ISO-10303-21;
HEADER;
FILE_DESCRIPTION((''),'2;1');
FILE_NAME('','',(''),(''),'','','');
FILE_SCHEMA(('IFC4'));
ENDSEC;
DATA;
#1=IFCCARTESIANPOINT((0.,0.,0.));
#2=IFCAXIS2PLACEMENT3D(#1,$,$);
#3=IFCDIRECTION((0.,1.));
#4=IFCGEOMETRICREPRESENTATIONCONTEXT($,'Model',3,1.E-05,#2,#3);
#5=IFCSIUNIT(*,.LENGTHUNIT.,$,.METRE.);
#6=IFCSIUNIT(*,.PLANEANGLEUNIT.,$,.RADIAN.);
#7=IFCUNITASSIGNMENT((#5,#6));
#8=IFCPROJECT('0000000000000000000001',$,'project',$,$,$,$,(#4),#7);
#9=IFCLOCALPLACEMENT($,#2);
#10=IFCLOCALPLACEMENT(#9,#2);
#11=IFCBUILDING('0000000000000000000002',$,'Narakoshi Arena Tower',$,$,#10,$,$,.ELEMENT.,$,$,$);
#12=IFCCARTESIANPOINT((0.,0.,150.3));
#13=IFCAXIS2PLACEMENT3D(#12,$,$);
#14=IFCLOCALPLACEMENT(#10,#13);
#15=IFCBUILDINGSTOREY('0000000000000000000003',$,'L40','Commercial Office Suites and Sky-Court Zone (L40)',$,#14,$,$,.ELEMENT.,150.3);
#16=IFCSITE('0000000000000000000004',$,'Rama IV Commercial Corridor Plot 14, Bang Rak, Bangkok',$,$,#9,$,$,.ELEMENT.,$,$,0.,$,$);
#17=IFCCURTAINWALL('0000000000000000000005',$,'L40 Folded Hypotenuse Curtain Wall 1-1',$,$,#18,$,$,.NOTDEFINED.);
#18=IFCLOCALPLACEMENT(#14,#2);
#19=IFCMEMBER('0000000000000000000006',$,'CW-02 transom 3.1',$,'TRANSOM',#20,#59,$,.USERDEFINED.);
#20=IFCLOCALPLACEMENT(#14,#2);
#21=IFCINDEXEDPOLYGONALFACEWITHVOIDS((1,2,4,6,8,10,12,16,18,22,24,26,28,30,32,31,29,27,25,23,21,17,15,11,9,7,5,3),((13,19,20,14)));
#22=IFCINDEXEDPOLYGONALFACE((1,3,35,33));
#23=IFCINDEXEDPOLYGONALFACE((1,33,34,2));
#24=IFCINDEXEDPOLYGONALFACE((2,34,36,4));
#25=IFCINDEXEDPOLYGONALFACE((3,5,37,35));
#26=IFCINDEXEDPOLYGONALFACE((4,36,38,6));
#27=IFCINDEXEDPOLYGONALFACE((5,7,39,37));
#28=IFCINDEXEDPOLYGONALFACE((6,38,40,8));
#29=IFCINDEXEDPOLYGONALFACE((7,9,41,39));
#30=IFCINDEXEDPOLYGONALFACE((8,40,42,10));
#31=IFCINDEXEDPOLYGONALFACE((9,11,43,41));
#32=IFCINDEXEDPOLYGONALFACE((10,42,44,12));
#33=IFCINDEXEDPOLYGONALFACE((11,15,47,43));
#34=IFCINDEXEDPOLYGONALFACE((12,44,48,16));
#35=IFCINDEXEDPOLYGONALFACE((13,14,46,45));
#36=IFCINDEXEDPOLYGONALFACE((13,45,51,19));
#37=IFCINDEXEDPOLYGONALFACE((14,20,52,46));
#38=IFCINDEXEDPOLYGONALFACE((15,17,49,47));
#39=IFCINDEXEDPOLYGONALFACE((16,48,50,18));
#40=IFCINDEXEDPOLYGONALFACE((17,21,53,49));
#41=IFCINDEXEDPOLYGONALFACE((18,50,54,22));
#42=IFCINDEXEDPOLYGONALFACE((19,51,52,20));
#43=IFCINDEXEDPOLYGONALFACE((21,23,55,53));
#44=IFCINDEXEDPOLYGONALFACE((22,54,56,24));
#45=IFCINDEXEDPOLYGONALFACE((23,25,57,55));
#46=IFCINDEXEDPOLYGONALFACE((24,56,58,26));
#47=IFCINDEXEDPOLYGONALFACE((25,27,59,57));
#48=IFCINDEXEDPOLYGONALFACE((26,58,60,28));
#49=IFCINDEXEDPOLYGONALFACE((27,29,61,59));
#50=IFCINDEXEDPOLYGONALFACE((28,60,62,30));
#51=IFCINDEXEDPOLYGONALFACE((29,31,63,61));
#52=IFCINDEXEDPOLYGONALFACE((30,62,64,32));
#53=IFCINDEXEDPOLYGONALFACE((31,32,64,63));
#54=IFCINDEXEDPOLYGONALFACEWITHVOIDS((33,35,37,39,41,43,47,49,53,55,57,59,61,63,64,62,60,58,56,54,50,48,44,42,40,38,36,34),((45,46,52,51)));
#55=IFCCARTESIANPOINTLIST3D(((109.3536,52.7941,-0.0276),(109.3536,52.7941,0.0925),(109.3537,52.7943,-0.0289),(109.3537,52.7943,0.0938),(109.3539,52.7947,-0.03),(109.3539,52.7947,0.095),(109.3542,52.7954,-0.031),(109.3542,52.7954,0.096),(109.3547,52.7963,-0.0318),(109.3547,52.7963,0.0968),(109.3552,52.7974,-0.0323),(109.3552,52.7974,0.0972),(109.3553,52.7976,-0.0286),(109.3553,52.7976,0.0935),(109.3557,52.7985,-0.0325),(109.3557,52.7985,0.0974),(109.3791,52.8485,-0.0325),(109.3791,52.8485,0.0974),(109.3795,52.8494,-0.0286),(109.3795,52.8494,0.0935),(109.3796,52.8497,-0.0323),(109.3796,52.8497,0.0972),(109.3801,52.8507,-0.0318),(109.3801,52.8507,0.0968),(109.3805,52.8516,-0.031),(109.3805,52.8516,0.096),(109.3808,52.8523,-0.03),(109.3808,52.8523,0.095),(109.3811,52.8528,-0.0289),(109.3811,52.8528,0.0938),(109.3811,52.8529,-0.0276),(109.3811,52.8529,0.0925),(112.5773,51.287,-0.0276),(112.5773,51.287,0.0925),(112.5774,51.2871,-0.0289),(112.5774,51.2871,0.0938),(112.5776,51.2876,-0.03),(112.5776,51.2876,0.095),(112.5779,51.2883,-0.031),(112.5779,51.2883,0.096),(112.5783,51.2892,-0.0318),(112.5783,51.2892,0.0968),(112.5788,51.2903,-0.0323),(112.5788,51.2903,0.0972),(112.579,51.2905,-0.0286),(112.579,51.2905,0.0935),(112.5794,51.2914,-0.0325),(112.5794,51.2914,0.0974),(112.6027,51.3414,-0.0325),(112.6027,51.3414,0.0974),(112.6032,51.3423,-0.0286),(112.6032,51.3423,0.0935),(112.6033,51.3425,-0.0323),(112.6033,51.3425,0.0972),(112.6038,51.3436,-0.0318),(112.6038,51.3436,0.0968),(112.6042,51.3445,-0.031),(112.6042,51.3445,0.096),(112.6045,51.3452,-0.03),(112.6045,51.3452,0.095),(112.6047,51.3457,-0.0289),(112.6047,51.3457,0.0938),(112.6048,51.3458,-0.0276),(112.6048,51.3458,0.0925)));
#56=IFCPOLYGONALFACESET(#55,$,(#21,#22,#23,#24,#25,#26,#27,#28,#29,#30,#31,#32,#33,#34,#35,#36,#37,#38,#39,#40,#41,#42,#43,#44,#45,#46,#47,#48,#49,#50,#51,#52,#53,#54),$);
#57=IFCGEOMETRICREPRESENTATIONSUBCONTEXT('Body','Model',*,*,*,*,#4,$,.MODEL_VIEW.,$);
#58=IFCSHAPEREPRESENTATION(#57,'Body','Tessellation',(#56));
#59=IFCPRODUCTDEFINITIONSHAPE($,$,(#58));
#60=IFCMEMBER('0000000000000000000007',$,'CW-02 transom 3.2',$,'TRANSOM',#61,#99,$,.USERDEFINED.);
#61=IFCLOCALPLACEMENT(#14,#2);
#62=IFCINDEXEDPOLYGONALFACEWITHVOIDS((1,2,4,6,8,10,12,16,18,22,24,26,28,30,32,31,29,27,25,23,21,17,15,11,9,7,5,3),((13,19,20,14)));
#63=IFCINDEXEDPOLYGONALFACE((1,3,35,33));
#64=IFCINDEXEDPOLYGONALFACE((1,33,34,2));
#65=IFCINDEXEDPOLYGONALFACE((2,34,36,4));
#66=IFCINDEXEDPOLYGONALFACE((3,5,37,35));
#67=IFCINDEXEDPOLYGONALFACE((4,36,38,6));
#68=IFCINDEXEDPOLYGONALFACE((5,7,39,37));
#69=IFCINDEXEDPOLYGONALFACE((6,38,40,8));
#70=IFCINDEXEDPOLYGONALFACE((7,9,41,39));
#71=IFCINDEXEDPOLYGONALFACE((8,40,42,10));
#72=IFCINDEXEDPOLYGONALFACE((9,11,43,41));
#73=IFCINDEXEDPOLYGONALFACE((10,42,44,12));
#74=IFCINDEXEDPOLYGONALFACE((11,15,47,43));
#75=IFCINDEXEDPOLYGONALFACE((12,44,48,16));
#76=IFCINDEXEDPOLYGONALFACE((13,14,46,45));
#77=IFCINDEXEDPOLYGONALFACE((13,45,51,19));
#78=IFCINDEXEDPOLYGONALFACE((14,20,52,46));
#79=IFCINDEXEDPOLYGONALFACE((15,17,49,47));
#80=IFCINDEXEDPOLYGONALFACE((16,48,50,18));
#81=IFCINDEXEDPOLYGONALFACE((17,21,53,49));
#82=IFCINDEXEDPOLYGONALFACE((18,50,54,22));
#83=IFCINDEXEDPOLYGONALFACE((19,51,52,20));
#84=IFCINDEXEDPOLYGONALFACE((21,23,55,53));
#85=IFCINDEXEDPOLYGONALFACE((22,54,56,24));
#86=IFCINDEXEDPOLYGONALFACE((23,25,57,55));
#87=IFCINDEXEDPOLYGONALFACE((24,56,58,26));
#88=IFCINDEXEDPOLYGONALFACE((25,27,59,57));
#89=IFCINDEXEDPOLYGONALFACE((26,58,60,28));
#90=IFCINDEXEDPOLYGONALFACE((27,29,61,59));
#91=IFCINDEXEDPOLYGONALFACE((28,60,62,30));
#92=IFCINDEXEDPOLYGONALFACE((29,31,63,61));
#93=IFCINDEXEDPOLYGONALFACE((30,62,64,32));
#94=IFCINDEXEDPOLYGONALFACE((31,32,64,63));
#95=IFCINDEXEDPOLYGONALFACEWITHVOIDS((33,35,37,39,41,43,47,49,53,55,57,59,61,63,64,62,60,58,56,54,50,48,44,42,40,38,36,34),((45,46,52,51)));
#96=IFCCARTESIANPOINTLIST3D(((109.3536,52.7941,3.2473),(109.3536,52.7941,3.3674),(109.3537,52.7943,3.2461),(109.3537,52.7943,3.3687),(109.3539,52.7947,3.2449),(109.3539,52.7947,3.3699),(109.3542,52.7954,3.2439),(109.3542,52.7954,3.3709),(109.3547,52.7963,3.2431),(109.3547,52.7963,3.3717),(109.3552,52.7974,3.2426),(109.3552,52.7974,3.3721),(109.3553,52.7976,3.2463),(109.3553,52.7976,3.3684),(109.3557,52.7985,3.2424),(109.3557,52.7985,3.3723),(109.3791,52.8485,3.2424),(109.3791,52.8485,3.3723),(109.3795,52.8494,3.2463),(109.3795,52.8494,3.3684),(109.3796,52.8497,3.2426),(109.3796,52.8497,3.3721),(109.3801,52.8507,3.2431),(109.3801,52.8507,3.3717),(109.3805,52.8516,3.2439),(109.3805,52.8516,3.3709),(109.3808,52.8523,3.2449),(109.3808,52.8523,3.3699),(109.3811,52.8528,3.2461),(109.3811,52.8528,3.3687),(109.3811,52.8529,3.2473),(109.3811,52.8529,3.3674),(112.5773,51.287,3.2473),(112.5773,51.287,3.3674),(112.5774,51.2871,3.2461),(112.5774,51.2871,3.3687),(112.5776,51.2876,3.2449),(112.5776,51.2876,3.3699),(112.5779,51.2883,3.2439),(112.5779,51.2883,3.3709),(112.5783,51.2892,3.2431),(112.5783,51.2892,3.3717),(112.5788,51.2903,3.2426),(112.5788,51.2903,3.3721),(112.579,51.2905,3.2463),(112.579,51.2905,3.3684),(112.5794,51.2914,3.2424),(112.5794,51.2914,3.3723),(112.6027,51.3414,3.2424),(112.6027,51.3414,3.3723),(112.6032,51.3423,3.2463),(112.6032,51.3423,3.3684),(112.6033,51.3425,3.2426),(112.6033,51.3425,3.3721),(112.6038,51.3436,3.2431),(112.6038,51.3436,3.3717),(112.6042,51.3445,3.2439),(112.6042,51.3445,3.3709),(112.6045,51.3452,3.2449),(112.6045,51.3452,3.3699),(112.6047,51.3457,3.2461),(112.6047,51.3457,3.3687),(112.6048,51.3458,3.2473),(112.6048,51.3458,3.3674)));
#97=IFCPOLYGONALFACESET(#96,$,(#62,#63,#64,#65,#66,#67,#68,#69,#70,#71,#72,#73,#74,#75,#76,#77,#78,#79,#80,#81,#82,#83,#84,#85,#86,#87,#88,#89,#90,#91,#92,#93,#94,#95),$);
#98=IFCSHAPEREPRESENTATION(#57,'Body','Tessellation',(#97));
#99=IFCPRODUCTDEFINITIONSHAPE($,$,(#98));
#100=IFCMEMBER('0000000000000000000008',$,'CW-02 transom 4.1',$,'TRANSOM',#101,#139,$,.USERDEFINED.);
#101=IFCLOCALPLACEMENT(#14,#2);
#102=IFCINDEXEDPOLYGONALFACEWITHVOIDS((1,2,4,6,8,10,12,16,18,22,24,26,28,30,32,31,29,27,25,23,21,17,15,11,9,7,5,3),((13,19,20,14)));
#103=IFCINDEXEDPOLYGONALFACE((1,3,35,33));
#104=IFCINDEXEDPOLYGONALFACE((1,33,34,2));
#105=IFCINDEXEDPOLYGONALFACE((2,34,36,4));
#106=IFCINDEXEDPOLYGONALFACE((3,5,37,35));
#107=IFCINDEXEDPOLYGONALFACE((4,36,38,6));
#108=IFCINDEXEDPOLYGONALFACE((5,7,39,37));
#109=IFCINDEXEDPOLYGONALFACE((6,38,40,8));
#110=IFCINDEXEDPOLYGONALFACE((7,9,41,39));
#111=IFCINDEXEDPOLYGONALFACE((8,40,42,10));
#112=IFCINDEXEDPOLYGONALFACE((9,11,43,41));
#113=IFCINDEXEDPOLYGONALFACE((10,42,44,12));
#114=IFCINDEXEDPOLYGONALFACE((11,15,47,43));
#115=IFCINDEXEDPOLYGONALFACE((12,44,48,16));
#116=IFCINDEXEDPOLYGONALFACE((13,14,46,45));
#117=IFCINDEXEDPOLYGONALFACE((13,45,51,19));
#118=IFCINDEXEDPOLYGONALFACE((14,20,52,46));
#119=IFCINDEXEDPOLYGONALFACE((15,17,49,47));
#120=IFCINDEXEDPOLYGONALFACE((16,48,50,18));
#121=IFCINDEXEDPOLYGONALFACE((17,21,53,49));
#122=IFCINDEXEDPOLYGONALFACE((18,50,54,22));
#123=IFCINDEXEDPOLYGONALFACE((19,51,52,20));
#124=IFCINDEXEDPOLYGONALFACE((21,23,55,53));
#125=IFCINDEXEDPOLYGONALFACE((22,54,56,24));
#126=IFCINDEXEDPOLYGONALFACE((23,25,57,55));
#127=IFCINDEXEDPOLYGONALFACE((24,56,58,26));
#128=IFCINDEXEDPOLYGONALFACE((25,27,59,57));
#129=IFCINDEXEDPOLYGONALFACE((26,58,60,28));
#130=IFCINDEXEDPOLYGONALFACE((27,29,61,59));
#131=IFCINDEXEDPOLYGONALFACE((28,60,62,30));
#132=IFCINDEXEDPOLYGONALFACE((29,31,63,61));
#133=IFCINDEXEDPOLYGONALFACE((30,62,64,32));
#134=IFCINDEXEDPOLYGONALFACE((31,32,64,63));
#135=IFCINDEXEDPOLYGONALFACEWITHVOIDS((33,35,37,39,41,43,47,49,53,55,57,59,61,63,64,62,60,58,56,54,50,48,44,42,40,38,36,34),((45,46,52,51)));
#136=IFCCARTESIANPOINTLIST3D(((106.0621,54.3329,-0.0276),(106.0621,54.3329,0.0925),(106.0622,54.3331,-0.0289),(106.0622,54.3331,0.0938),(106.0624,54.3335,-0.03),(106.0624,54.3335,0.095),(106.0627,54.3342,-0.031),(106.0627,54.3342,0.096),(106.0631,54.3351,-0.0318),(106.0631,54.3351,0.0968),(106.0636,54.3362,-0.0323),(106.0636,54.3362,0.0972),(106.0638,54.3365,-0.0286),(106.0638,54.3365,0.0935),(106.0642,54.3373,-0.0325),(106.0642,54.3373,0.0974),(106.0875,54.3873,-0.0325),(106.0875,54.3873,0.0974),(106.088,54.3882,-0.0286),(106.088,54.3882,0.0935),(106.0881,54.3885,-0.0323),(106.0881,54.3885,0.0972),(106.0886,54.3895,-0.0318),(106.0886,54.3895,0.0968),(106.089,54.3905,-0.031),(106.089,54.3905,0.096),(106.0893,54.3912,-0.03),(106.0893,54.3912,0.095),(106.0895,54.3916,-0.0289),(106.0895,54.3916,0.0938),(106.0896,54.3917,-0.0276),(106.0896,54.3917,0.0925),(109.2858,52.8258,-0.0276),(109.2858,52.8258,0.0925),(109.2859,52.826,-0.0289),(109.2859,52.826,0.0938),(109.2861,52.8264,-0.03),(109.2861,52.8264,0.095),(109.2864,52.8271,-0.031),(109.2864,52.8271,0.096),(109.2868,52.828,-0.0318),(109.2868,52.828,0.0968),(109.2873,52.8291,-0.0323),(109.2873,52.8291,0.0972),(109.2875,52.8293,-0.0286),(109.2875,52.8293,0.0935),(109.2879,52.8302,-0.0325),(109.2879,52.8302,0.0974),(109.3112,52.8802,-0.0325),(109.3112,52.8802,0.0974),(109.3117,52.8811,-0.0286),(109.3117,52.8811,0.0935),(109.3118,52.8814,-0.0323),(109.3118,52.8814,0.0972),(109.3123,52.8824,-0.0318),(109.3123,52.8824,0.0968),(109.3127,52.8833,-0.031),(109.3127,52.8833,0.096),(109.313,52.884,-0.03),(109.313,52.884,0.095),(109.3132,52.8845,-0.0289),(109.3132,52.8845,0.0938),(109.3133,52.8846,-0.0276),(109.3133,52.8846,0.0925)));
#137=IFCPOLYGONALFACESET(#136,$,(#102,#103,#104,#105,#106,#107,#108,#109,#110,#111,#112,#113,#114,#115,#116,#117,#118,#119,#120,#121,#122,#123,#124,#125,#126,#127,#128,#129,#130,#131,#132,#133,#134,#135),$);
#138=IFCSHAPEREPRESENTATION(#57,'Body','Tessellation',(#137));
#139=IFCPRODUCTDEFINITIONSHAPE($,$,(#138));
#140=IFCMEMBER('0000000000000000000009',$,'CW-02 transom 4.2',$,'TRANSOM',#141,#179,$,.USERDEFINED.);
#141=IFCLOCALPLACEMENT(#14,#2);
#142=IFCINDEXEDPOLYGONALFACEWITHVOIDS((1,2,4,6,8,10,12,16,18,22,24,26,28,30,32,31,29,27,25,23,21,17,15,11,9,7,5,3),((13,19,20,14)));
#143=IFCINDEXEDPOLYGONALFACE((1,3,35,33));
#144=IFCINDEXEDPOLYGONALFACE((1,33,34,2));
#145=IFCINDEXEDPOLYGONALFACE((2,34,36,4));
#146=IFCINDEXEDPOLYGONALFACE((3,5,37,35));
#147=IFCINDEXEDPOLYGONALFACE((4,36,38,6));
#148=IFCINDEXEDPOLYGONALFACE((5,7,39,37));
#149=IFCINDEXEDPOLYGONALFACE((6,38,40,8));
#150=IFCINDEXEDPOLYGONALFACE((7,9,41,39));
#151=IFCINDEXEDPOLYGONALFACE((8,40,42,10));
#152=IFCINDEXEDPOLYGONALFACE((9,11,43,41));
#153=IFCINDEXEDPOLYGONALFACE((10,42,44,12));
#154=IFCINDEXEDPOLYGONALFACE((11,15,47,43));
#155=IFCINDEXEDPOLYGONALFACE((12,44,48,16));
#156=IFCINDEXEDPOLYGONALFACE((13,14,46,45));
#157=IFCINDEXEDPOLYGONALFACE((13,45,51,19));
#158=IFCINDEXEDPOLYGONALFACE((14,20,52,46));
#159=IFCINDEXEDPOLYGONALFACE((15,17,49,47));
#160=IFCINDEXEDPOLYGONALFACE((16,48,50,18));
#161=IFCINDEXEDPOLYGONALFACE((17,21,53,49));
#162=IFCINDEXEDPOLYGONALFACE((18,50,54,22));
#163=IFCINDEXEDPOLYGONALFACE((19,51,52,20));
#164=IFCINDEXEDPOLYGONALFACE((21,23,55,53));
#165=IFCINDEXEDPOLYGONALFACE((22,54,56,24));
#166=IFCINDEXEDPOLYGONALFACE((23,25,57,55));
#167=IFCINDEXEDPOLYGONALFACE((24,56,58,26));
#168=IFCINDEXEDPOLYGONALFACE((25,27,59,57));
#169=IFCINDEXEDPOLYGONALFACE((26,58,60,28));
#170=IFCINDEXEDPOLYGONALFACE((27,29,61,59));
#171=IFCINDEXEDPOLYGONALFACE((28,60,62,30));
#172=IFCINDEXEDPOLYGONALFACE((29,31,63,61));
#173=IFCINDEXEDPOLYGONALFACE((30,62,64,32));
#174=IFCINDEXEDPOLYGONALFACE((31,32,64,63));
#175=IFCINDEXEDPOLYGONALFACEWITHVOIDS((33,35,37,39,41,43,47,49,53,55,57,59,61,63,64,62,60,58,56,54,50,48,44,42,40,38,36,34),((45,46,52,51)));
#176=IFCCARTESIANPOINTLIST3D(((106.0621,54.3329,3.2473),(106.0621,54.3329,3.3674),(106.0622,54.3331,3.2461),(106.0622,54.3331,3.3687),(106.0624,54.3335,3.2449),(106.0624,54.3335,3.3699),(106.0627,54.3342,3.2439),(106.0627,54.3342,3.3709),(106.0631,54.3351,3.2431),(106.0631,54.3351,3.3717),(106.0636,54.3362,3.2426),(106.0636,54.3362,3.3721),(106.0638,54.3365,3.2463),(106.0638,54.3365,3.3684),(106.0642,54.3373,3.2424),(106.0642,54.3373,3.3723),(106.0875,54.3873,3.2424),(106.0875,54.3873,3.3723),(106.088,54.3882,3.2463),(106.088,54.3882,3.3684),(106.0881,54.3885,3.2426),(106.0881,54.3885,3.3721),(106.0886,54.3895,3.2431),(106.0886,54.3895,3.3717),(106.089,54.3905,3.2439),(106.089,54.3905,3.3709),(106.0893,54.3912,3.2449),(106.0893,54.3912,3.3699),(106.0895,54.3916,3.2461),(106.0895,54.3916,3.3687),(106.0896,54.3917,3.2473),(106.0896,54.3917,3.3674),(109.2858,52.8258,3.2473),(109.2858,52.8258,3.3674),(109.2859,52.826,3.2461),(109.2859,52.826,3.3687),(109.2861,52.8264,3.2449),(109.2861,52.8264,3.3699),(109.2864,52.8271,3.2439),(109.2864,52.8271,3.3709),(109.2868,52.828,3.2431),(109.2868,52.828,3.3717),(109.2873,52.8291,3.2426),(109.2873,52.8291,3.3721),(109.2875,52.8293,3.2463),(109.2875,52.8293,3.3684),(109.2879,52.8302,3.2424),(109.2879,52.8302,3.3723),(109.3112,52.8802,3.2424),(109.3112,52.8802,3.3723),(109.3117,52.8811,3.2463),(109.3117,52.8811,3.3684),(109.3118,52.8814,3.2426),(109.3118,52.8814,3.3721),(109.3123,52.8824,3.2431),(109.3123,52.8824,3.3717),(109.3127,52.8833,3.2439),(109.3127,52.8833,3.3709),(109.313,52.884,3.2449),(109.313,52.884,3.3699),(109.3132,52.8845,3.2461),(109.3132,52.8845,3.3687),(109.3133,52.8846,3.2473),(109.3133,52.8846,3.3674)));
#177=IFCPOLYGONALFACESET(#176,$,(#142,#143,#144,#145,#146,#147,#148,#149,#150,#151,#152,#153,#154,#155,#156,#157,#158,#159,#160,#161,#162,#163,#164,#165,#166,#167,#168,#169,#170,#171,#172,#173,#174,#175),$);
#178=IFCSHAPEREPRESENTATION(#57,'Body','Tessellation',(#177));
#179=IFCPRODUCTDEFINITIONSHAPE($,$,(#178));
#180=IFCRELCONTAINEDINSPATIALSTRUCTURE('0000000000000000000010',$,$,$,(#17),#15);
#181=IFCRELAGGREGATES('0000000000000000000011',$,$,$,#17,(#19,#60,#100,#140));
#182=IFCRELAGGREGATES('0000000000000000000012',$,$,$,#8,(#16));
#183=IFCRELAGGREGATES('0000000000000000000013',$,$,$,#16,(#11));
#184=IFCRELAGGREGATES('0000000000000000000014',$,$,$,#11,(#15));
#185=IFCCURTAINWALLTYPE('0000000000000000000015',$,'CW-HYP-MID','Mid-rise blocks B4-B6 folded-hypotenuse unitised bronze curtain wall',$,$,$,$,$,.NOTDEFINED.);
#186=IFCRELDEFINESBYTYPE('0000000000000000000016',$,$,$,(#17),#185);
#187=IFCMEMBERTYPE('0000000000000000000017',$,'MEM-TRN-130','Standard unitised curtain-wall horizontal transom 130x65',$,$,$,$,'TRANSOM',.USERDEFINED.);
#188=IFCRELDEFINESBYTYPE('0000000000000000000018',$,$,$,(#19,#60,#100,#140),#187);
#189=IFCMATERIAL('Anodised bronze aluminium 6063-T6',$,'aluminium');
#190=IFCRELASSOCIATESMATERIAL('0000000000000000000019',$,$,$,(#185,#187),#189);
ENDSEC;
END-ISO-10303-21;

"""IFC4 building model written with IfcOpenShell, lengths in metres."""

from ifc_helpers import new_model, si_unit, direction, frame, origin, origin_2d, place, context, subcontext, project, spatial, hollow_rectangle, extrude, material, material_profile, profile_set, type_object, element, aggregate, save


model = new_model("IFC4")

# Units and contexts
model_context = context("Model", 3, precision=1e-05, world=origin(), true_north=direction((0.0, 1.0)))
body_context = subcontext(model_context, "Body", "Model", "MODEL_VIEW")
ifc_project = project(units=[si_unit("LENGTHUNIT", "METRE"), si_unit("PLANEANGLEUNIT", "RADIAN")], contexts=[model_context])

# Site, building, storey
site_placement = place(None, origin())
site = spatial("IfcSite", under=ifc_project, at=site_placement, Name="Rama IV Commercial Corridor Plot 14, Bang Rak, Bangkok", CompositionType="ELEMENT", RefElevation=0.0)
building_placement = place(site_placement, origin())
building = spatial("IfcBuilding", under=site, at=building_placement, Name="Narakoshi Arena Tower", CompositionType="ELEMENT")
storey_placement = place(building_placement, frame((0.0, 0.0, 150.3)))
storey = spatial("IfcBuildingStorey", under=building, at=storey_placement, Name="L40", Description="Commercial Office Suites and Sky-Court Zone (L40)", CompositionType="ELEMENT", Elevation=150.3)

# Curtain wall, members
ifc_material_1 = material(Name="Anodised bronze aluminium 6063-T6", Category="aluminium")
curtain_wall_type = type_object("IfcCurtainWallType", Name="CW-HYP-MID", Description="Mid-rise blocks B4-B6 folded-hypotenuse unitised bronze curtain wall", PredefinedType="NOTDEFINED", material=ifc_material_1)
curtain_wall_placement = place(storey_placement, origin())
curtain_wall = element("IfcCurtainWall", 1, at=curtain_wall_placement, inside=storey, type_object=curtain_wall_type, Name="L40 Folded Hypotenuse Curtain Wall 1-1", PredefinedType="NOTDEFINED")
ifc_material_profile_1 = material_profile(ifc_material_1, hollow_rectangle(XDim=0.0649, YDim=0.1299, WallThickness=0.0039, OuterFilletRadius=0.0049, at=origin_2d()), Name="TRN130x65x4")
ifc_profile_set_1 = profile_set([ifc_material_profile_1], Name="Anodised bronze aluminium 6063-T6")
member_type_1 = type_object("IfcMemberType", Name="MEM-TRN-130", Description="Standard unitised curtain-wall horizontal transom 130x65", ElementType="TRANSOM", PredefinedType="USERDEFINED", material=ifc_profile_set_1)
member_1_placement = place(storey_placement, frame((112.5911, 51.3164, 0.0325), z_axis=(-0.90589, 0.423513, 0.0), x_axis=(-0.423513, -0.90589, 0.0)))
member_1 = element("IfcMember", 2, at=member_1_placement, type_object=member_type_1, Name="CW-02 transom 3.1", ObjectType="TRANSOM", PredefinedType="USERDEFINED", context=body_context, shape_type="SweptSolid", body=[
    extrude(hollow_rectangle(XDim=0.0649, YDim=0.1299, WallThickness=0.0039, OuterFilletRadius=0.0049, at=origin_2d()), origin(), (0.0, 0.0, 1.0), 3.5586),
])
member_2_placement = place(storey_placement, frame((112.5911, 51.3164, 3.3074), z_axis=(-0.90589, 0.423513, 0.0), x_axis=(-0.423513, -0.90589, 0.0)))
member_2 = element("IfcMember", 3, at=member_2_placement, type_object=member_type_1, Name="CW-02 transom 3.2", ObjectType="TRANSOM", PredefinedType="USERDEFINED", context=body_context, shape_type="SweptSolid", body=[
    extrude(hollow_rectangle(XDim=0.0649, YDim=0.1299, WallThickness=0.0039, OuterFilletRadius=0.0049, at=origin_2d()), origin(), (0.0, 0.0, 1.0), 3.5586),
])
member_3_placement = place(storey_placement, frame((109.2996, 52.8552, 0.0325), z_axis=(-0.90589, 0.423513, 0.0), x_axis=(-0.423513, -0.90589, 0.0)))
member_3 = element("IfcMember", 4, at=member_3_placement, type_object=member_type_1, Name="CW-02 transom 4.1", ObjectType="TRANSOM", PredefinedType="USERDEFINED", context=body_context, shape_type="SweptSolid", body=[
    extrude(hollow_rectangle(XDim=0.0649, YDim=0.1299, WallThickness=0.0039, OuterFilletRadius=0.0049, at=origin_2d()), origin(), (0.0, 0.0, 1.0), 3.5586),
])
member_4_placement = place(storey_placement, frame((109.2996, 52.8552, 3.3074), z_axis=(-0.90589, 0.423513, 0.0), x_axis=(-0.423513, -0.90589, 0.0)))
member_4 = element("IfcMember", 5, at=member_4_placement, type_object=member_type_1, Name="CW-02 transom 4.2", ObjectType="TRANSOM", PredefinedType="USERDEFINED", context=body_context, shape_type="SweptSolid", body=[
    extrude(hollow_rectangle(XDim=0.0649, YDim=0.1299, WallThickness=0.0039, OuterFilletRadius=0.0049, at=origin_2d()), origin(), (0.0, 0.0, 1.0), 3.5586),
])
aggregate(curtain_wall, [member_1, member_2, member_3, member_4])

save(model, "model.ifc")
